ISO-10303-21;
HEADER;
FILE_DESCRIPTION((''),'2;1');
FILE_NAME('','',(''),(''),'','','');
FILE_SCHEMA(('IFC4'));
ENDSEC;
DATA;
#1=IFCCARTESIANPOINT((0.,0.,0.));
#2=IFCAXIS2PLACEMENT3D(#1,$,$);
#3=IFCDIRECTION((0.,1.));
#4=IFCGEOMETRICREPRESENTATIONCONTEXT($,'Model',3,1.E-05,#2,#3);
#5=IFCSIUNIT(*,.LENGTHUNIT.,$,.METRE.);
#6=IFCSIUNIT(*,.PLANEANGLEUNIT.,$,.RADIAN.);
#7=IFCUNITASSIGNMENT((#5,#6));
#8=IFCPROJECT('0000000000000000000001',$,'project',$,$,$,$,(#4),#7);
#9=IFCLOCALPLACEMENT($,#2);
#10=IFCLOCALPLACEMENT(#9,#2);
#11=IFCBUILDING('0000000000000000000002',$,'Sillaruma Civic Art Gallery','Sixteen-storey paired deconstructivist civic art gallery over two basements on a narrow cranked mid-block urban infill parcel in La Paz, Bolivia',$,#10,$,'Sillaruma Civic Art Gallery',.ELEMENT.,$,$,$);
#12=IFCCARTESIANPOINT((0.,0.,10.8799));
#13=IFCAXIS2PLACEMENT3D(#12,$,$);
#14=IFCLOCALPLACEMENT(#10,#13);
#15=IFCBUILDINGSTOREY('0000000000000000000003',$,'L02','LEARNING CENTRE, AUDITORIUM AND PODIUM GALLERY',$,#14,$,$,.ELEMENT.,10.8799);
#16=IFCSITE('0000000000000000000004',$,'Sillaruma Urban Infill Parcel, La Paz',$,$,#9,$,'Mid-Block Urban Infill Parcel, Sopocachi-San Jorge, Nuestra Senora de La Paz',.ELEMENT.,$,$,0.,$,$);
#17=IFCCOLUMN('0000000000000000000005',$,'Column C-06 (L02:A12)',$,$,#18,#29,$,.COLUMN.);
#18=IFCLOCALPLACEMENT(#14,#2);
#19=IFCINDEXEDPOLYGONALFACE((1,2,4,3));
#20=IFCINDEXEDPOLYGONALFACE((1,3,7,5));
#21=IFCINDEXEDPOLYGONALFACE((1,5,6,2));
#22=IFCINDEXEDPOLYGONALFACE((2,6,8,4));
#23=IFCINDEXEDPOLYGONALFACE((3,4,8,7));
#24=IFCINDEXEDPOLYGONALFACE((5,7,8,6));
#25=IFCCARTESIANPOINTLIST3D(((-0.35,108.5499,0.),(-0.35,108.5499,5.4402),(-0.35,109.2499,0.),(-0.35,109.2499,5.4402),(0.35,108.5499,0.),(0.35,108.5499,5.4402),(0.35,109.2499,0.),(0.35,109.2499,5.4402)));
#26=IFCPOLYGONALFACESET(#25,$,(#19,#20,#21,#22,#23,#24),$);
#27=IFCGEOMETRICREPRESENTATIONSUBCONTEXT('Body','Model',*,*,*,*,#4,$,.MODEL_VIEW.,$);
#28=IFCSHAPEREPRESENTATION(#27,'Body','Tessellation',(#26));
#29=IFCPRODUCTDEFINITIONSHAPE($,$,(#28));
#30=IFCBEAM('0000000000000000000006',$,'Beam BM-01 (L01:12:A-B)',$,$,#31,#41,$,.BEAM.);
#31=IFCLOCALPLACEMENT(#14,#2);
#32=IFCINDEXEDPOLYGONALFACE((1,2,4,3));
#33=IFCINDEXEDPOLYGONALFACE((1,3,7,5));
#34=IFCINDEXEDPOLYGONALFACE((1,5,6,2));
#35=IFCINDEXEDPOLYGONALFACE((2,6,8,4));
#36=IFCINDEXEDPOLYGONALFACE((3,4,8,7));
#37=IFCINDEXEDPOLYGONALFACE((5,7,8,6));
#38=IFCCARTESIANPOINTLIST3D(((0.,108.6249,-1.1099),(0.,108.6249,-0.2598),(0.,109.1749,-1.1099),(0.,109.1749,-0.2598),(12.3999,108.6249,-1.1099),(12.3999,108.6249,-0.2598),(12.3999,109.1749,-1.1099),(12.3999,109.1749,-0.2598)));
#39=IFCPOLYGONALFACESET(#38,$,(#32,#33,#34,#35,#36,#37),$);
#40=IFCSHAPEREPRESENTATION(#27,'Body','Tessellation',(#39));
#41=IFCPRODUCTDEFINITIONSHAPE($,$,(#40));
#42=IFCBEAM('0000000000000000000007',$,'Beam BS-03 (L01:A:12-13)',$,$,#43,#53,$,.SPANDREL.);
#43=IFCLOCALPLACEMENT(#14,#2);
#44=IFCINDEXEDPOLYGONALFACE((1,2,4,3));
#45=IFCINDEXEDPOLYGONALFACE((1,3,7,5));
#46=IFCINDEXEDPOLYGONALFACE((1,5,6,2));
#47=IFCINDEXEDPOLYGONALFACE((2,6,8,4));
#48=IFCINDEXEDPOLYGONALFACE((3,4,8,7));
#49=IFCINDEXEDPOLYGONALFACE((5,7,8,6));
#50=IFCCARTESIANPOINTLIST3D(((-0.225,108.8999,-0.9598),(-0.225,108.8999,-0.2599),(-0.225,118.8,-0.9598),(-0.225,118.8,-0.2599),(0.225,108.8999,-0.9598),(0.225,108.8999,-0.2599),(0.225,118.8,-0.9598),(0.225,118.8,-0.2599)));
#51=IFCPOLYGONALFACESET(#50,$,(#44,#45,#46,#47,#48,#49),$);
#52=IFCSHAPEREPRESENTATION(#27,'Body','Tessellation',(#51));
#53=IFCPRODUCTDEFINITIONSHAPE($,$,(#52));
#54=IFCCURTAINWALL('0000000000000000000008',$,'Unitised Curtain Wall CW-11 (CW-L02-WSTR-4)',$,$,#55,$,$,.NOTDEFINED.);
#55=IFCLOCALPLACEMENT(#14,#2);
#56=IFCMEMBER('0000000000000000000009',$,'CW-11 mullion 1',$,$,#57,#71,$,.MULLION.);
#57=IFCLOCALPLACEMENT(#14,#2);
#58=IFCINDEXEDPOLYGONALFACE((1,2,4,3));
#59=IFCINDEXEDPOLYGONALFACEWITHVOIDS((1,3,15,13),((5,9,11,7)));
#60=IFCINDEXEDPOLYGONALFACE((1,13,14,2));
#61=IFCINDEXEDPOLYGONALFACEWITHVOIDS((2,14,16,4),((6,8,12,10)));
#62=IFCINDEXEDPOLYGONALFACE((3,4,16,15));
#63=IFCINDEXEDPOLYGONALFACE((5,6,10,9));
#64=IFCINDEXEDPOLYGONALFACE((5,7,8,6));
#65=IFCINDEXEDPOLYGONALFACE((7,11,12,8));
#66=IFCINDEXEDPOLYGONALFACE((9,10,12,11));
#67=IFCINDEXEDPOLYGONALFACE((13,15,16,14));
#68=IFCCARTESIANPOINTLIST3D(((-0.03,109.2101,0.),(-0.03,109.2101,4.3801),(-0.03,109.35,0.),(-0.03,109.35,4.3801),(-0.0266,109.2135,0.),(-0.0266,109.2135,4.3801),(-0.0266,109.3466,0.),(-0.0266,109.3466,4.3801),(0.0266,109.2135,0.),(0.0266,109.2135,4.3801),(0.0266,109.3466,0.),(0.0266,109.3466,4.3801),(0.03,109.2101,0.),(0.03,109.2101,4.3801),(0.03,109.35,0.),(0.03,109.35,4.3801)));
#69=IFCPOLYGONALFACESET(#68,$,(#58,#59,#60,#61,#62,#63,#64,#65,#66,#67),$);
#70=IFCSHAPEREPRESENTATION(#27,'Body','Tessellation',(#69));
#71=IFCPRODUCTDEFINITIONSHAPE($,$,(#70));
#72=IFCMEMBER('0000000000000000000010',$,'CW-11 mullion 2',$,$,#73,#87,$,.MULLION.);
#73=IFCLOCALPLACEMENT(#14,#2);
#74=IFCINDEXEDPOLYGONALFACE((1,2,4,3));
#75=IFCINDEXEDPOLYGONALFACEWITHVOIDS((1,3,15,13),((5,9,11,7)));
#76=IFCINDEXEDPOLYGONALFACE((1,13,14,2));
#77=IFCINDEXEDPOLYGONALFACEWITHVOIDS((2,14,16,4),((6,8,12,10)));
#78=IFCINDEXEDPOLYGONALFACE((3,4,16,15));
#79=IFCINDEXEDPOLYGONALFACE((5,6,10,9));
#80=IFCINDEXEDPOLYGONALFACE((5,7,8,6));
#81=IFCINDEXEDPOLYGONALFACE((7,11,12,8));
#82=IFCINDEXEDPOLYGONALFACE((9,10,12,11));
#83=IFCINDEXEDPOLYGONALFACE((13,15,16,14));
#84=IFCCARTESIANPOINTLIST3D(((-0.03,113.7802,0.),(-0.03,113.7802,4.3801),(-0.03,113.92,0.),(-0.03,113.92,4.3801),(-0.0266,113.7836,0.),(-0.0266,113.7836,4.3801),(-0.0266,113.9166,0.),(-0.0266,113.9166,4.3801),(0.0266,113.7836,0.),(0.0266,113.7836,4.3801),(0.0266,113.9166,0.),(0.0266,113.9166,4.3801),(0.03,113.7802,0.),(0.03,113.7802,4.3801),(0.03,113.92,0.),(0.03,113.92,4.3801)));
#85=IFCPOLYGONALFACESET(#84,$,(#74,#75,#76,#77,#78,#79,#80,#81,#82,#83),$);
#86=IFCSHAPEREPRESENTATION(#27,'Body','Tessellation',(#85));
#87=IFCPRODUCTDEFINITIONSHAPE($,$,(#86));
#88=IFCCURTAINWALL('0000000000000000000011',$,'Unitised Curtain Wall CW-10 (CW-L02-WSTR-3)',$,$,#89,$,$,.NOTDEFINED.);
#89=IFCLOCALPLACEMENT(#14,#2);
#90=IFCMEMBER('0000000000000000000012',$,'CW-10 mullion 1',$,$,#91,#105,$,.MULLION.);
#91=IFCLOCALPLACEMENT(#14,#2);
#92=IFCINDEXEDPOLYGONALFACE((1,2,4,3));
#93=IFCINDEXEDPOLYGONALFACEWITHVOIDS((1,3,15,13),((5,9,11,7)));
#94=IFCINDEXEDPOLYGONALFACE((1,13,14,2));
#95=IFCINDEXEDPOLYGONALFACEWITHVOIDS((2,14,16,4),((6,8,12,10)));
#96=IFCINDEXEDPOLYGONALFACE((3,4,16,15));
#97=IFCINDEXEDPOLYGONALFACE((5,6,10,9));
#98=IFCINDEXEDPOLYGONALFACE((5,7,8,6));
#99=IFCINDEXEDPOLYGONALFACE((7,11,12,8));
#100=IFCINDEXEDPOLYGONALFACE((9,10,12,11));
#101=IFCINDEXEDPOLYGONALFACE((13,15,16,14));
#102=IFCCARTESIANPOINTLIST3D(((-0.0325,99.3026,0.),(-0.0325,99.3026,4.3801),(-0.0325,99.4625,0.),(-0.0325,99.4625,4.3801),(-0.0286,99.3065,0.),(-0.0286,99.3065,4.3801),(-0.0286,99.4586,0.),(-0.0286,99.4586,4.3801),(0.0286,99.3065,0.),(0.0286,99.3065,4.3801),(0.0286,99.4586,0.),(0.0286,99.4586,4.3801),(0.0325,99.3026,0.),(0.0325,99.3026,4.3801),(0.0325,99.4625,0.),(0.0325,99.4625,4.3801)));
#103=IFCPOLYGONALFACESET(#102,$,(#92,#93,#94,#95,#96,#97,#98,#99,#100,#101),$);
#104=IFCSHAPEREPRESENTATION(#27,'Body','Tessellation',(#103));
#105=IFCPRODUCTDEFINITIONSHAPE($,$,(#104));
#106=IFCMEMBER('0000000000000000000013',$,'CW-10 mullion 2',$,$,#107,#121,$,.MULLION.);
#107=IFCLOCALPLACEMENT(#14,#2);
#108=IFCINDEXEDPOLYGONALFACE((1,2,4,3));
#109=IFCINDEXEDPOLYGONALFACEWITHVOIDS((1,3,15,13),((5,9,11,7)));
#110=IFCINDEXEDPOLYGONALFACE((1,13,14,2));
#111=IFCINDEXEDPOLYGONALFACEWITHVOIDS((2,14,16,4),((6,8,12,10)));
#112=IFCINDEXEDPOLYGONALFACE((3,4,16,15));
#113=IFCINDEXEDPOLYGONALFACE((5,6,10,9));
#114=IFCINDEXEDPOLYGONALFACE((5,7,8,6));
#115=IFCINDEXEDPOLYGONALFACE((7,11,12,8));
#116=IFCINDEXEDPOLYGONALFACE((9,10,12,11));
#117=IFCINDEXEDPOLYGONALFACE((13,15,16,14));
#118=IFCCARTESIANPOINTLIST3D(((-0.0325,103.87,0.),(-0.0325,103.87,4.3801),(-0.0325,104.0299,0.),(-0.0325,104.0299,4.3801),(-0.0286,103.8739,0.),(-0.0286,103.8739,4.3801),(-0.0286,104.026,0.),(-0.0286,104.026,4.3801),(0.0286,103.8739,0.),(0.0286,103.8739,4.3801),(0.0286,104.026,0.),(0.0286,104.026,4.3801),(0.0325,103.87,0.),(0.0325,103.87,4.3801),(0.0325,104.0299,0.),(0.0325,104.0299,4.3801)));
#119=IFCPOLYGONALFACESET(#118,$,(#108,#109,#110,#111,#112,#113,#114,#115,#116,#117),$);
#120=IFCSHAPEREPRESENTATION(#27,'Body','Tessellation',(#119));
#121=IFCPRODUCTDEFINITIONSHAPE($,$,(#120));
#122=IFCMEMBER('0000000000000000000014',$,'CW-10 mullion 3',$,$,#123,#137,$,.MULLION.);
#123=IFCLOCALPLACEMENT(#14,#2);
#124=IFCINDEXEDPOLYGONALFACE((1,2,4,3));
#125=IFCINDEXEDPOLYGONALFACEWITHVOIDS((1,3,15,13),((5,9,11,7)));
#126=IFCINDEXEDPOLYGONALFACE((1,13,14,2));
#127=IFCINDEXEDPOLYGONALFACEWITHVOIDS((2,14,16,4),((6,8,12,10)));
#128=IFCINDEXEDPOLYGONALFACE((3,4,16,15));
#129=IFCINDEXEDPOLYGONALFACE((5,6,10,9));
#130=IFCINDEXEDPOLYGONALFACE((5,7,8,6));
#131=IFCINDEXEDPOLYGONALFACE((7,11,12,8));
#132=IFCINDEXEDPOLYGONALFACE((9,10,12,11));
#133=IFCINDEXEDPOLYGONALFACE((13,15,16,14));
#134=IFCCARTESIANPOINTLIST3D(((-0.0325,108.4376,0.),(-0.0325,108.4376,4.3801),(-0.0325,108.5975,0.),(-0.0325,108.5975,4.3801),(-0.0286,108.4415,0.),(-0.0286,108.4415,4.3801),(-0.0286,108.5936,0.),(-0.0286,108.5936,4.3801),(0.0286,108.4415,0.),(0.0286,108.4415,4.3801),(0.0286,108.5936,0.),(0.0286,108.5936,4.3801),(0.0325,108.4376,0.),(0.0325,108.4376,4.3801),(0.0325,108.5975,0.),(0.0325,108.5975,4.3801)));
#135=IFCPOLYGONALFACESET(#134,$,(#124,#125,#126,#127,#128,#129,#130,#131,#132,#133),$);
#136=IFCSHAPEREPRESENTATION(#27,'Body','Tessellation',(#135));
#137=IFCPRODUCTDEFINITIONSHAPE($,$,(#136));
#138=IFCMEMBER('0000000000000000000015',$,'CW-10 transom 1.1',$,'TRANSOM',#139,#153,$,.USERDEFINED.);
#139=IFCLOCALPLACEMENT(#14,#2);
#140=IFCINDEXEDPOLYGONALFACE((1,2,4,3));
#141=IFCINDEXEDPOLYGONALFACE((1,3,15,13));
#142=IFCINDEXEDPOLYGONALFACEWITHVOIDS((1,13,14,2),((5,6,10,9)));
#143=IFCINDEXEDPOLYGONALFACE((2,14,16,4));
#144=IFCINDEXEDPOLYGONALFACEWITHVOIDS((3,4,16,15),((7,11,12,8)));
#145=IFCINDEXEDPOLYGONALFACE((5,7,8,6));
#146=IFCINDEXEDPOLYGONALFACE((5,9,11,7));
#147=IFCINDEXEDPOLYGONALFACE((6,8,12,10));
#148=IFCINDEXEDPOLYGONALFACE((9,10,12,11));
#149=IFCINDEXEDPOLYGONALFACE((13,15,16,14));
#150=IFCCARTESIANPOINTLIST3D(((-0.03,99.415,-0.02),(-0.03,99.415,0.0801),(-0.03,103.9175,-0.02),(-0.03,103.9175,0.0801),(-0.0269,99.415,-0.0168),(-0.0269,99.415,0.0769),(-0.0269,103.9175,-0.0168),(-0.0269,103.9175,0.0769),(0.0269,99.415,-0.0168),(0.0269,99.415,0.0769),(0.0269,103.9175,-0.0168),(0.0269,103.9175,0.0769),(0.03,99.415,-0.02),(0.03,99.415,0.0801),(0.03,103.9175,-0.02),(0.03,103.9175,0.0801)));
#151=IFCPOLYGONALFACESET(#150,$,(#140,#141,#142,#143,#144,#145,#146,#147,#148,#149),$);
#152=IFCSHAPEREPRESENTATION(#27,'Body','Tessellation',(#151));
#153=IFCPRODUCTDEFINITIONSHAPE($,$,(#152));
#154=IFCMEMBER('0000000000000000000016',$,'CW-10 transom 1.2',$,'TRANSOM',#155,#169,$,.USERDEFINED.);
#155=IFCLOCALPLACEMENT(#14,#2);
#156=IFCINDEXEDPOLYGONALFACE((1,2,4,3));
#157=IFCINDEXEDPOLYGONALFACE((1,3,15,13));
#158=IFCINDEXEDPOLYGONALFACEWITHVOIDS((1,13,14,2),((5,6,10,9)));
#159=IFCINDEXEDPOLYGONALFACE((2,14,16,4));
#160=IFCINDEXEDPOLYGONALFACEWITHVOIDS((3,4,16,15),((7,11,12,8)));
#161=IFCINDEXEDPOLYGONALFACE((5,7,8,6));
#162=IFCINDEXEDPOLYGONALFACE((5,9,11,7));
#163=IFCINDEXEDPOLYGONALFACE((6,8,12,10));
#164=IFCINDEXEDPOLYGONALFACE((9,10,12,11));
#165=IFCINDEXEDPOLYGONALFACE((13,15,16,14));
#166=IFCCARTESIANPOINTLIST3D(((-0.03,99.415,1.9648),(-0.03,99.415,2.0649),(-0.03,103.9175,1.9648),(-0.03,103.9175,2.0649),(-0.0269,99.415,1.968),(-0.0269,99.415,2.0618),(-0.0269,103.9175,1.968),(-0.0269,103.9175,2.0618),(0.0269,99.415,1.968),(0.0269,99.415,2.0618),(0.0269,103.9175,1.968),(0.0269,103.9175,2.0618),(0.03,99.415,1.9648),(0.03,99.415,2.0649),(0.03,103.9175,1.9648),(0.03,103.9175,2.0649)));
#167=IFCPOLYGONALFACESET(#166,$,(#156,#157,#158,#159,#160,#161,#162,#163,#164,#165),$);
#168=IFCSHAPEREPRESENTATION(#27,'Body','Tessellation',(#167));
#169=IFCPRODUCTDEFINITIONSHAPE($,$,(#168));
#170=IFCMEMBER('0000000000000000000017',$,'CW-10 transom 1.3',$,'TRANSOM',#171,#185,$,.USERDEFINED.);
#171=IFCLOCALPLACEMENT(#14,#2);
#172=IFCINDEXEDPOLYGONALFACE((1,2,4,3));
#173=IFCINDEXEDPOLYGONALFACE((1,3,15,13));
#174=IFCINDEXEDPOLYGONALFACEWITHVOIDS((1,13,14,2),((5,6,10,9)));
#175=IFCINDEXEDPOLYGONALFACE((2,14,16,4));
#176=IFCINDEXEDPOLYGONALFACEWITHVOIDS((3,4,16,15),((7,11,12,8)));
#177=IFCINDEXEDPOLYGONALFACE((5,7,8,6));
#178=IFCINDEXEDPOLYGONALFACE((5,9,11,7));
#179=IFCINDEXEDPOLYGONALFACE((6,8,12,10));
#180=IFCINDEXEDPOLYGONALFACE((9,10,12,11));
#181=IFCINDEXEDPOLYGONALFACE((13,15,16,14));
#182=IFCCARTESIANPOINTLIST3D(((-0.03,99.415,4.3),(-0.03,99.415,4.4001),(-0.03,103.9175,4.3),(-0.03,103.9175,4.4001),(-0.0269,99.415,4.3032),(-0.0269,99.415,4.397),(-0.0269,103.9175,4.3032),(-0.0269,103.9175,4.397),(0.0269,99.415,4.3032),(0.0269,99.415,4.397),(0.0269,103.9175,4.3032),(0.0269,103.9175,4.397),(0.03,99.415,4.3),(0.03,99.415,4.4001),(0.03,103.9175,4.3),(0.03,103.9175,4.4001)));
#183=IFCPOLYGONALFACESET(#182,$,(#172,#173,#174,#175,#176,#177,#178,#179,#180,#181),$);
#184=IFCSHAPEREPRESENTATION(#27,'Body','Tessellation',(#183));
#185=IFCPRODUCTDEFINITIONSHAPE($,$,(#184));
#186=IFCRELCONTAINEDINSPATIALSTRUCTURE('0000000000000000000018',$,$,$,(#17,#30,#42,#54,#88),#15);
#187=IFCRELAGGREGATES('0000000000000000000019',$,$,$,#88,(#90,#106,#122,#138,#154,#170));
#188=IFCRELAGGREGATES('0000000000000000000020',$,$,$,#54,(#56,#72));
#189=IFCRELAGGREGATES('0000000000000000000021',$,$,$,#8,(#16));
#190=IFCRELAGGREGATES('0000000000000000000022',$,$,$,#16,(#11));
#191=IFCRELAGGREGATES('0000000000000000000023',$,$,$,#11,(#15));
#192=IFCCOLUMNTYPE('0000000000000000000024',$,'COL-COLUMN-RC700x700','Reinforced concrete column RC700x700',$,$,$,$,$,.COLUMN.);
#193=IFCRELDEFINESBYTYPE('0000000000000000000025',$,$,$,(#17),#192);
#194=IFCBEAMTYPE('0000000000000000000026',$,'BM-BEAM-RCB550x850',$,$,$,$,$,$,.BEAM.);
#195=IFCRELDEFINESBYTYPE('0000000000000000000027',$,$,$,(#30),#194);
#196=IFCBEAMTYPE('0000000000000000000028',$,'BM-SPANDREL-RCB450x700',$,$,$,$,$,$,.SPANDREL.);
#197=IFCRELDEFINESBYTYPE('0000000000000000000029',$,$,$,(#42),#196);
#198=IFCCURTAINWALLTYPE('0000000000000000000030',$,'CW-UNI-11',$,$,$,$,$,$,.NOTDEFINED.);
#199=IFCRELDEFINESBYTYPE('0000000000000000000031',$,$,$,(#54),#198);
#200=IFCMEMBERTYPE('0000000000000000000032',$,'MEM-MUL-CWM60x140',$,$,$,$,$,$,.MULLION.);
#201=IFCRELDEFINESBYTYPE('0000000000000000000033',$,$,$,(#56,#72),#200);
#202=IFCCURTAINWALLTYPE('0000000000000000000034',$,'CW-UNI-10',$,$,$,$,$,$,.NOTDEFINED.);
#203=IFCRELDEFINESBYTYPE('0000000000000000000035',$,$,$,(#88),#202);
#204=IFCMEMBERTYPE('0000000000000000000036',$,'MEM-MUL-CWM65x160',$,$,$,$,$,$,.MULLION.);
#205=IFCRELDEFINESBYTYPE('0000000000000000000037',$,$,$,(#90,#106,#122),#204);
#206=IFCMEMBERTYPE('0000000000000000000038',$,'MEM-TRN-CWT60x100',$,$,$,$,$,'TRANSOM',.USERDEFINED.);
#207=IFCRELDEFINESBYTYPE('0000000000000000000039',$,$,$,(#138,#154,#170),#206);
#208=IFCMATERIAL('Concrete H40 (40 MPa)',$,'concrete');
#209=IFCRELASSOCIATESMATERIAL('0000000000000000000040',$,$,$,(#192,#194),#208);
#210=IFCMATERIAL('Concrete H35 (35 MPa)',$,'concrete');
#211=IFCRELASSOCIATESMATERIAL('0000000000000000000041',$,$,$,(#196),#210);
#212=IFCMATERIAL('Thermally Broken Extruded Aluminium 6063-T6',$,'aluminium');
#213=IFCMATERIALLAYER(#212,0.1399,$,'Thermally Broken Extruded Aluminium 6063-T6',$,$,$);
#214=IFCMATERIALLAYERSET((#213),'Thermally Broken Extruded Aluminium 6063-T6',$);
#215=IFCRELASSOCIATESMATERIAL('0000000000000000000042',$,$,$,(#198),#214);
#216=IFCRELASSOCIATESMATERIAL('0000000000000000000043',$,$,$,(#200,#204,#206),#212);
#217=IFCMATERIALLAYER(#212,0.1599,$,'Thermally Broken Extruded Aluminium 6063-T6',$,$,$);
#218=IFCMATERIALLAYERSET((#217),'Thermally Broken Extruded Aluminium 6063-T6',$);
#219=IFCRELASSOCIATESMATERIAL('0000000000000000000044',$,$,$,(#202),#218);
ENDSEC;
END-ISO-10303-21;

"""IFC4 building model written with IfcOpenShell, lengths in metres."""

from ifc_helpers import new_model, si_unit, direction, frame, origin, origin_2d, place, context, subcontext, project, spatial, rectangle, hollow_rectangle, extrude, material, layer, layer_set, material_profile, profile_set, type_object, element, aggregate, save


model = new_model("IFC4")

# Units and contexts
model_context = context("Model", 3, precision=1e-05, world=origin(), true_north=direction((0.0, 1.0)))
body_context = subcontext(model_context, "Body", "Model", "MODEL_VIEW")
ifc_project = project(units=[si_unit("LENGTHUNIT", "METRE"), si_unit("PLANEANGLEUNIT", "RADIAN")], contexts=[model_context])

# Site, building, storey
site_placement = place(None, origin())
site = spatial("IfcSite", under=ifc_project, at=site_placement, Name="Sillaruma Urban Infill Parcel, La Paz", LongName="Mid-Block Urban Infill Parcel, Sopocachi-San Jorge, Nuestra Senora de La Paz", CompositionType="ELEMENT", RefElevation=0.0)
building_placement = place(site_placement, origin())
building = spatial("IfcBuilding", under=site, at=building_placement, Name="Sillaruma Civic Art Gallery", Description="Sixteen-storey paired deconstructivist civic art gallery over two basements on a narrow cranked mid-block urban infill parcel in La Paz, Bolivia", LongName="Sillaruma Civic Art Gallery", CompositionType="ELEMENT")
storey_placement = place(building_placement, frame((0.0, 0.0, 10.8799)))
storey = spatial("IfcBuildingStorey", under=building, at=storey_placement, Name="L02", Description="LEARNING CENTRE, AUDITORIUM AND PODIUM GALLERY", CompositionType="ELEMENT", Elevation=10.8799)

# Column
ifc_material_1 = material(Name="Concrete H40 (40 MPa)", Category="concrete")
ifc_material_profile_1 = material_profile(ifc_material_1, rectangle(XDim=0.7, YDim=0.7, at=origin_2d()), Name="RC700x700")
ifc_profile_set_1 = profile_set([ifc_material_profile_1], Name="Concrete H40 (40 MPa)")
column_type = type_object("IfcColumnType", Name="COL-COLUMN-RC700x700", Description="Reinforced concrete column RC700x700", PredefinedType="COLUMN", material=ifc_profile_set_1)
column_placement = place(storey_placement, frame((0.0, 108.8999, 0.0), z_axis=(0.0, 0.0, 1.0), x_axis=(1.0, 0.0, 0.0)))
element("IfcColumn", 1, at=column_placement, inside=storey, type_object=column_type, Name="Column C-06 (L02:A12)", PredefinedType="COLUMN", context=body_context, shape_type="SweptSolid", body=[
    extrude(rectangle(XDim=0.7, YDim=0.7, at=origin_2d()), origin(), (0.0, 0.0, 1.0), 5.4402),
])

# Beams
ifc_material_profile_2 = material_profile(ifc_material_1, rectangle(XDim=0.55, YDim=0.8501, at=origin_2d()), Name="RCB550x850")
ifc_profile_set_2 = profile_set([ifc_material_profile_2], Name="Concrete H40 (40 MPa)")
beam_type_1 = type_object("IfcBeamType", Name="BM-BEAM-RCB550x850", PredefinedType="BEAM", material=ifc_profile_set_2)
beam_1_placement = place(storey_placement, frame((0.0, 108.8999, -0.6848), z_axis=(1.0, 0.0, 0.0), x_axis=(0.0, 1.0, 0.0)))
element("IfcBeam", 2, at=beam_1_placement, inside=storey, type_object=beam_type_1, Name="Beam BM-01 (L01:12:A-B)", PredefinedType="BEAM", context=body_context, shape_type="SweptSolid", body=[
    extrude(rectangle(XDim=0.55, YDim=0.8501, at=origin_2d()), origin(), (0.0, 0.0, 1.0), 12.3999),
])
ifc_material_2 = material(Name="Concrete H35 (35 MPa)", Category="concrete")
ifc_material_profile_3 = material_profile(ifc_material_2, rectangle(XDim=0.45, YDim=0.7, at=origin_2d()), Name="RCB450x700")
ifc_profile_set_3 = profile_set([ifc_material_profile_3], Name="Concrete H35 (35 MPa)")
beam_type_2 = type_object("IfcBeamType", Name="BM-SPANDREL-RCB450x700", PredefinedType="SPANDREL", material=ifc_profile_set_3)
beam_2_placement = place(storey_placement, frame((0.0, 108.8999, -0.6099), z_axis=(0.0, 1.0, 0.0), x_axis=(-1.0, 0.0, 0.0)))
element("IfcBeam", 3, at=beam_2_placement, inside=storey, type_object=beam_type_2, Name="Beam BS-03 (L01:A:12-13)", PredefinedType="SPANDREL", context=body_context, shape_type="SweptSolid", body=[
    extrude(rectangle(XDim=0.45, YDim=0.7, at=origin_2d()), origin(), (0.0, 0.0, 1.0), 9.9001),
])

# Curtain walls, members
ifc_material_3 = material(Name="Thermally Broken Extruded Aluminium 6063-T6", Category="aluminium")
ifc_layer_1 = layer(ifc_material_3, 0.1399, Name="Thermally Broken Extruded Aluminium 6063-T6")
ifc_layer_set_1 = layer_set([ifc_layer_1], Name="Thermally Broken Extruded Aluminium 6063-T6")
curtain_wall_type_1 = type_object("IfcCurtainWallType", Name="CW-UNI-11", PredefinedType="NOTDEFINED", material=ifc_layer_set_1)
curtain_wall_1_placement = place(storey_placement, origin())
curtain_wall_1 = element("IfcCurtainWall", 4, at=curtain_wall_1_placement, inside=storey, type_object=curtain_wall_type_1, Name="Unitised Curtain Wall CW-11 (CW-L02-WSTR-4)", PredefinedType="NOTDEFINED")
ifc_material_profile_4 = material_profile(ifc_material_3, hollow_rectangle(XDim=0.0601, YDim=0.1399, WallThickness=0.0034, at=origin_2d()), Name="CWM60x140")
ifc_profile_set_4 = profile_set([ifc_material_profile_4], Name="Thermally Broken Extruded Aluminium 6063-T6")
member_type_1 = type_object("IfcMemberType", Name="MEM-MUL-CWM60x140", PredefinedType="MULLION", material=ifc_profile_set_4)
member_1_placement = place(storey_placement, frame((0.0, 109.28, 0.0), z_axis=(0.0, 0.0, 1.0), x_axis=(-1.0, 0.0, 0.0)))
member_1 = element("IfcMember", 5, at=member_1_placement, type_object=member_type_1, Name="CW-11 mullion 1", PredefinedType="MULLION", context=body_context, shape_type="SweptSolid", body=[
    extrude(hollow_rectangle(XDim=0.0601, YDim=0.1399, WallThickness=0.0034, at=origin_2d()), origin(), (0.0, 0.0, 1.0), 4.3801),
])
member_2_placement = place(storey_placement, frame((0.0, 113.8501, 0.0), z_axis=(0.0, 0.0, 1.0), x_axis=(-1.0, 0.0, 0.0)))
member_2 = element("IfcMember", 6, at=member_2_placement, type_object=member_type_1, Name="CW-11 mullion 2", PredefinedType="MULLION", context=body_context, shape_type="SweptSolid", body=[
    extrude(hollow_rectangle(XDim=0.0601, YDim=0.1399, WallThickness=0.0034, at=origin_2d()), origin(), (0.0, 0.0, 1.0), 4.3801),
])
ifc_layer_2 = layer(ifc_material_3, 0.1599, Name="Thermally Broken Extruded Aluminium 6063-T6")
ifc_layer_set_2 = layer_set([ifc_layer_2], Name="Thermally Broken Extruded Aluminium 6063-T6")
curtain_wall_type_2 = type_object("IfcCurtainWallType", Name="CW-UNI-10", PredefinedType="NOTDEFINED", material=ifc_layer_set_2)
curtain_wall_2_placement = place(storey_placement, origin())
curtain_wall_2 = element("IfcCurtainWall", 7, at=curtain_wall_2_placement, inside=storey, type_object=curtain_wall_type_2, Name="Unitised Curtain Wall CW-10 (CW-L02-WSTR-3)", PredefinedType="NOTDEFINED")
ifc_material_profile_5 = material_profile(ifc_material_3, hollow_rectangle(XDim=0.0649, YDim=0.1599, WallThickness=0.0039, at=origin_2d()), Name="CWM65x160")
ifc_profile_set_5 = profile_set([ifc_material_profile_5], Name="Thermally Broken Extruded Aluminium 6063-T6")
member_type_2 = type_object("IfcMemberType", Name="MEM-MUL-CWM65x160", PredefinedType="MULLION", material=ifc_profile_set_5)
member_3_placement = place(storey_placement, frame((0.0, 99.3826, 0.0), z_axis=(0.0, 0.0, 1.0), x_axis=(-1.0, 0.0, 0.0)))
member_3 = element("IfcMember", 8, at=member_3_placement, type_object=member_type_2, Name="CW-10 mullion 1", PredefinedType="MULLION", context=body_context, shape_type="SweptSolid", body=[
    extrude(hollow_rectangle(XDim=0.0649, YDim=0.1599, WallThickness=0.0039, at=origin_2d()), origin(), (0.0, 0.0, 1.0), 4.3801),
])
member_4_placement = place(storey_placement, frame((0.0, 103.95, 0.0), z_axis=(0.0, 0.0, 1.0), x_axis=(-1.0, 0.0, 0.0)))
member_4 = element("IfcMember", 9, at=member_4_placement, type_object=member_type_2, Name="CW-10 mullion 2", PredefinedType="MULLION", context=body_context, shape_type="SweptSolid", body=[
    extrude(hollow_rectangle(XDim=0.0649, YDim=0.1599, WallThickness=0.0039, at=origin_2d()), origin(), (0.0, 0.0, 1.0), 4.3801),
])
member_5_placement = place(storey_placement, frame((0.0, 108.5176, 0.0), z_axis=(0.0, 0.0, 1.0), x_axis=(-1.0, 0.0, 0.0)))
member_5 = element("IfcMember", 10, at=member_5_placement, type_object=member_type_2, Name="CW-10 mullion 3", PredefinedType="MULLION", context=body_context, shape_type="SweptSolid", body=[
    extrude(hollow_rectangle(XDim=0.0649, YDim=0.1599, WallThickness=0.0039, at=origin_2d()), origin(), (0.0, 0.0, 1.0), 4.3801),
])
ifc_material_profile_6 = material_profile(ifc_material_3, hollow_rectangle(XDim=0.0601, YDim=0.1001, WallThickness=0.0032, at=origin_2d()), Name="CWT60x100")
ifc_profile_set_6 = profile_set([ifc_material_profile_6], Name="Thermally Broken Extruded Aluminium 6063-T6")
member_type_3 = type_object("IfcMemberType", Name="MEM-TRN-CWT60x100", ElementType="TRANSOM", PredefinedType="USERDEFINED", material=ifc_profile_set_6)
member_6_placement = place(storey_placement, frame((0.0, 99.415, 0.03), z_axis=(0.0, 1.0, 0.0), x_axis=(-1.0, 0.0, 0.0)))
member_6 = element("IfcMember", 11, at=member_6_placement, type_object=member_type_3, Name="CW-10 transom 1.1", ObjectType="TRANSOM", PredefinedType="USERDEFINED", context=body_context, shape_type="SweptSolid", body=[
    extrude(hollow_rectangle(XDim=0.0601, YDim=0.1001, WallThickness=0.0032, at=origin_2d()), origin(), (0.0, 0.0, 1.0), 4.5024),
])
member_7_placement = place(storey_placement, frame((0.0, 99.415, 2.0149), z_axis=(0.0, 1.0, 0.0), x_axis=(-1.0, 0.0, 0.0)))
member_7 = element("IfcMember", 12, at=member_7_placement, type_object=member_type_3, Name="CW-10 transom 1.2", ObjectType="TRANSOM", PredefinedType="USERDEFINED", context=body_context, shape_type="SweptSolid", body=[
    extrude(hollow_rectangle(XDim=0.0601, YDim=0.1001, WallThickness=0.0032, at=origin_2d()), origin(), (0.0, 0.0, 1.0), 4.5024),
])
member_8_placement = place(storey_placement, frame((0.0, 99.415, 4.3501), z_axis=(0.0, 1.0, 0.0), x_axis=(-1.0, 0.0, 0.0)))
member_8 = element("IfcMember", 13, at=member_8_placement, type_object=member_type_3, Name="CW-10 transom 1.3", ObjectType="TRANSOM", PredefinedType="USERDEFINED", context=body_context, shape_type="SweptSolid", body=[
    extrude(hollow_rectangle(XDim=0.0601, YDim=0.1001, WallThickness=0.0032, at=origin_2d()), origin(), (0.0, 0.0, 1.0), 4.5024),
])

aggregate(curtain_wall_2, [member_3, member_4, member_5, member_6, member_7, member_8])
aggregate(curtain_wall_1, [member_1, member_2])

save(model, "model.ifc")
